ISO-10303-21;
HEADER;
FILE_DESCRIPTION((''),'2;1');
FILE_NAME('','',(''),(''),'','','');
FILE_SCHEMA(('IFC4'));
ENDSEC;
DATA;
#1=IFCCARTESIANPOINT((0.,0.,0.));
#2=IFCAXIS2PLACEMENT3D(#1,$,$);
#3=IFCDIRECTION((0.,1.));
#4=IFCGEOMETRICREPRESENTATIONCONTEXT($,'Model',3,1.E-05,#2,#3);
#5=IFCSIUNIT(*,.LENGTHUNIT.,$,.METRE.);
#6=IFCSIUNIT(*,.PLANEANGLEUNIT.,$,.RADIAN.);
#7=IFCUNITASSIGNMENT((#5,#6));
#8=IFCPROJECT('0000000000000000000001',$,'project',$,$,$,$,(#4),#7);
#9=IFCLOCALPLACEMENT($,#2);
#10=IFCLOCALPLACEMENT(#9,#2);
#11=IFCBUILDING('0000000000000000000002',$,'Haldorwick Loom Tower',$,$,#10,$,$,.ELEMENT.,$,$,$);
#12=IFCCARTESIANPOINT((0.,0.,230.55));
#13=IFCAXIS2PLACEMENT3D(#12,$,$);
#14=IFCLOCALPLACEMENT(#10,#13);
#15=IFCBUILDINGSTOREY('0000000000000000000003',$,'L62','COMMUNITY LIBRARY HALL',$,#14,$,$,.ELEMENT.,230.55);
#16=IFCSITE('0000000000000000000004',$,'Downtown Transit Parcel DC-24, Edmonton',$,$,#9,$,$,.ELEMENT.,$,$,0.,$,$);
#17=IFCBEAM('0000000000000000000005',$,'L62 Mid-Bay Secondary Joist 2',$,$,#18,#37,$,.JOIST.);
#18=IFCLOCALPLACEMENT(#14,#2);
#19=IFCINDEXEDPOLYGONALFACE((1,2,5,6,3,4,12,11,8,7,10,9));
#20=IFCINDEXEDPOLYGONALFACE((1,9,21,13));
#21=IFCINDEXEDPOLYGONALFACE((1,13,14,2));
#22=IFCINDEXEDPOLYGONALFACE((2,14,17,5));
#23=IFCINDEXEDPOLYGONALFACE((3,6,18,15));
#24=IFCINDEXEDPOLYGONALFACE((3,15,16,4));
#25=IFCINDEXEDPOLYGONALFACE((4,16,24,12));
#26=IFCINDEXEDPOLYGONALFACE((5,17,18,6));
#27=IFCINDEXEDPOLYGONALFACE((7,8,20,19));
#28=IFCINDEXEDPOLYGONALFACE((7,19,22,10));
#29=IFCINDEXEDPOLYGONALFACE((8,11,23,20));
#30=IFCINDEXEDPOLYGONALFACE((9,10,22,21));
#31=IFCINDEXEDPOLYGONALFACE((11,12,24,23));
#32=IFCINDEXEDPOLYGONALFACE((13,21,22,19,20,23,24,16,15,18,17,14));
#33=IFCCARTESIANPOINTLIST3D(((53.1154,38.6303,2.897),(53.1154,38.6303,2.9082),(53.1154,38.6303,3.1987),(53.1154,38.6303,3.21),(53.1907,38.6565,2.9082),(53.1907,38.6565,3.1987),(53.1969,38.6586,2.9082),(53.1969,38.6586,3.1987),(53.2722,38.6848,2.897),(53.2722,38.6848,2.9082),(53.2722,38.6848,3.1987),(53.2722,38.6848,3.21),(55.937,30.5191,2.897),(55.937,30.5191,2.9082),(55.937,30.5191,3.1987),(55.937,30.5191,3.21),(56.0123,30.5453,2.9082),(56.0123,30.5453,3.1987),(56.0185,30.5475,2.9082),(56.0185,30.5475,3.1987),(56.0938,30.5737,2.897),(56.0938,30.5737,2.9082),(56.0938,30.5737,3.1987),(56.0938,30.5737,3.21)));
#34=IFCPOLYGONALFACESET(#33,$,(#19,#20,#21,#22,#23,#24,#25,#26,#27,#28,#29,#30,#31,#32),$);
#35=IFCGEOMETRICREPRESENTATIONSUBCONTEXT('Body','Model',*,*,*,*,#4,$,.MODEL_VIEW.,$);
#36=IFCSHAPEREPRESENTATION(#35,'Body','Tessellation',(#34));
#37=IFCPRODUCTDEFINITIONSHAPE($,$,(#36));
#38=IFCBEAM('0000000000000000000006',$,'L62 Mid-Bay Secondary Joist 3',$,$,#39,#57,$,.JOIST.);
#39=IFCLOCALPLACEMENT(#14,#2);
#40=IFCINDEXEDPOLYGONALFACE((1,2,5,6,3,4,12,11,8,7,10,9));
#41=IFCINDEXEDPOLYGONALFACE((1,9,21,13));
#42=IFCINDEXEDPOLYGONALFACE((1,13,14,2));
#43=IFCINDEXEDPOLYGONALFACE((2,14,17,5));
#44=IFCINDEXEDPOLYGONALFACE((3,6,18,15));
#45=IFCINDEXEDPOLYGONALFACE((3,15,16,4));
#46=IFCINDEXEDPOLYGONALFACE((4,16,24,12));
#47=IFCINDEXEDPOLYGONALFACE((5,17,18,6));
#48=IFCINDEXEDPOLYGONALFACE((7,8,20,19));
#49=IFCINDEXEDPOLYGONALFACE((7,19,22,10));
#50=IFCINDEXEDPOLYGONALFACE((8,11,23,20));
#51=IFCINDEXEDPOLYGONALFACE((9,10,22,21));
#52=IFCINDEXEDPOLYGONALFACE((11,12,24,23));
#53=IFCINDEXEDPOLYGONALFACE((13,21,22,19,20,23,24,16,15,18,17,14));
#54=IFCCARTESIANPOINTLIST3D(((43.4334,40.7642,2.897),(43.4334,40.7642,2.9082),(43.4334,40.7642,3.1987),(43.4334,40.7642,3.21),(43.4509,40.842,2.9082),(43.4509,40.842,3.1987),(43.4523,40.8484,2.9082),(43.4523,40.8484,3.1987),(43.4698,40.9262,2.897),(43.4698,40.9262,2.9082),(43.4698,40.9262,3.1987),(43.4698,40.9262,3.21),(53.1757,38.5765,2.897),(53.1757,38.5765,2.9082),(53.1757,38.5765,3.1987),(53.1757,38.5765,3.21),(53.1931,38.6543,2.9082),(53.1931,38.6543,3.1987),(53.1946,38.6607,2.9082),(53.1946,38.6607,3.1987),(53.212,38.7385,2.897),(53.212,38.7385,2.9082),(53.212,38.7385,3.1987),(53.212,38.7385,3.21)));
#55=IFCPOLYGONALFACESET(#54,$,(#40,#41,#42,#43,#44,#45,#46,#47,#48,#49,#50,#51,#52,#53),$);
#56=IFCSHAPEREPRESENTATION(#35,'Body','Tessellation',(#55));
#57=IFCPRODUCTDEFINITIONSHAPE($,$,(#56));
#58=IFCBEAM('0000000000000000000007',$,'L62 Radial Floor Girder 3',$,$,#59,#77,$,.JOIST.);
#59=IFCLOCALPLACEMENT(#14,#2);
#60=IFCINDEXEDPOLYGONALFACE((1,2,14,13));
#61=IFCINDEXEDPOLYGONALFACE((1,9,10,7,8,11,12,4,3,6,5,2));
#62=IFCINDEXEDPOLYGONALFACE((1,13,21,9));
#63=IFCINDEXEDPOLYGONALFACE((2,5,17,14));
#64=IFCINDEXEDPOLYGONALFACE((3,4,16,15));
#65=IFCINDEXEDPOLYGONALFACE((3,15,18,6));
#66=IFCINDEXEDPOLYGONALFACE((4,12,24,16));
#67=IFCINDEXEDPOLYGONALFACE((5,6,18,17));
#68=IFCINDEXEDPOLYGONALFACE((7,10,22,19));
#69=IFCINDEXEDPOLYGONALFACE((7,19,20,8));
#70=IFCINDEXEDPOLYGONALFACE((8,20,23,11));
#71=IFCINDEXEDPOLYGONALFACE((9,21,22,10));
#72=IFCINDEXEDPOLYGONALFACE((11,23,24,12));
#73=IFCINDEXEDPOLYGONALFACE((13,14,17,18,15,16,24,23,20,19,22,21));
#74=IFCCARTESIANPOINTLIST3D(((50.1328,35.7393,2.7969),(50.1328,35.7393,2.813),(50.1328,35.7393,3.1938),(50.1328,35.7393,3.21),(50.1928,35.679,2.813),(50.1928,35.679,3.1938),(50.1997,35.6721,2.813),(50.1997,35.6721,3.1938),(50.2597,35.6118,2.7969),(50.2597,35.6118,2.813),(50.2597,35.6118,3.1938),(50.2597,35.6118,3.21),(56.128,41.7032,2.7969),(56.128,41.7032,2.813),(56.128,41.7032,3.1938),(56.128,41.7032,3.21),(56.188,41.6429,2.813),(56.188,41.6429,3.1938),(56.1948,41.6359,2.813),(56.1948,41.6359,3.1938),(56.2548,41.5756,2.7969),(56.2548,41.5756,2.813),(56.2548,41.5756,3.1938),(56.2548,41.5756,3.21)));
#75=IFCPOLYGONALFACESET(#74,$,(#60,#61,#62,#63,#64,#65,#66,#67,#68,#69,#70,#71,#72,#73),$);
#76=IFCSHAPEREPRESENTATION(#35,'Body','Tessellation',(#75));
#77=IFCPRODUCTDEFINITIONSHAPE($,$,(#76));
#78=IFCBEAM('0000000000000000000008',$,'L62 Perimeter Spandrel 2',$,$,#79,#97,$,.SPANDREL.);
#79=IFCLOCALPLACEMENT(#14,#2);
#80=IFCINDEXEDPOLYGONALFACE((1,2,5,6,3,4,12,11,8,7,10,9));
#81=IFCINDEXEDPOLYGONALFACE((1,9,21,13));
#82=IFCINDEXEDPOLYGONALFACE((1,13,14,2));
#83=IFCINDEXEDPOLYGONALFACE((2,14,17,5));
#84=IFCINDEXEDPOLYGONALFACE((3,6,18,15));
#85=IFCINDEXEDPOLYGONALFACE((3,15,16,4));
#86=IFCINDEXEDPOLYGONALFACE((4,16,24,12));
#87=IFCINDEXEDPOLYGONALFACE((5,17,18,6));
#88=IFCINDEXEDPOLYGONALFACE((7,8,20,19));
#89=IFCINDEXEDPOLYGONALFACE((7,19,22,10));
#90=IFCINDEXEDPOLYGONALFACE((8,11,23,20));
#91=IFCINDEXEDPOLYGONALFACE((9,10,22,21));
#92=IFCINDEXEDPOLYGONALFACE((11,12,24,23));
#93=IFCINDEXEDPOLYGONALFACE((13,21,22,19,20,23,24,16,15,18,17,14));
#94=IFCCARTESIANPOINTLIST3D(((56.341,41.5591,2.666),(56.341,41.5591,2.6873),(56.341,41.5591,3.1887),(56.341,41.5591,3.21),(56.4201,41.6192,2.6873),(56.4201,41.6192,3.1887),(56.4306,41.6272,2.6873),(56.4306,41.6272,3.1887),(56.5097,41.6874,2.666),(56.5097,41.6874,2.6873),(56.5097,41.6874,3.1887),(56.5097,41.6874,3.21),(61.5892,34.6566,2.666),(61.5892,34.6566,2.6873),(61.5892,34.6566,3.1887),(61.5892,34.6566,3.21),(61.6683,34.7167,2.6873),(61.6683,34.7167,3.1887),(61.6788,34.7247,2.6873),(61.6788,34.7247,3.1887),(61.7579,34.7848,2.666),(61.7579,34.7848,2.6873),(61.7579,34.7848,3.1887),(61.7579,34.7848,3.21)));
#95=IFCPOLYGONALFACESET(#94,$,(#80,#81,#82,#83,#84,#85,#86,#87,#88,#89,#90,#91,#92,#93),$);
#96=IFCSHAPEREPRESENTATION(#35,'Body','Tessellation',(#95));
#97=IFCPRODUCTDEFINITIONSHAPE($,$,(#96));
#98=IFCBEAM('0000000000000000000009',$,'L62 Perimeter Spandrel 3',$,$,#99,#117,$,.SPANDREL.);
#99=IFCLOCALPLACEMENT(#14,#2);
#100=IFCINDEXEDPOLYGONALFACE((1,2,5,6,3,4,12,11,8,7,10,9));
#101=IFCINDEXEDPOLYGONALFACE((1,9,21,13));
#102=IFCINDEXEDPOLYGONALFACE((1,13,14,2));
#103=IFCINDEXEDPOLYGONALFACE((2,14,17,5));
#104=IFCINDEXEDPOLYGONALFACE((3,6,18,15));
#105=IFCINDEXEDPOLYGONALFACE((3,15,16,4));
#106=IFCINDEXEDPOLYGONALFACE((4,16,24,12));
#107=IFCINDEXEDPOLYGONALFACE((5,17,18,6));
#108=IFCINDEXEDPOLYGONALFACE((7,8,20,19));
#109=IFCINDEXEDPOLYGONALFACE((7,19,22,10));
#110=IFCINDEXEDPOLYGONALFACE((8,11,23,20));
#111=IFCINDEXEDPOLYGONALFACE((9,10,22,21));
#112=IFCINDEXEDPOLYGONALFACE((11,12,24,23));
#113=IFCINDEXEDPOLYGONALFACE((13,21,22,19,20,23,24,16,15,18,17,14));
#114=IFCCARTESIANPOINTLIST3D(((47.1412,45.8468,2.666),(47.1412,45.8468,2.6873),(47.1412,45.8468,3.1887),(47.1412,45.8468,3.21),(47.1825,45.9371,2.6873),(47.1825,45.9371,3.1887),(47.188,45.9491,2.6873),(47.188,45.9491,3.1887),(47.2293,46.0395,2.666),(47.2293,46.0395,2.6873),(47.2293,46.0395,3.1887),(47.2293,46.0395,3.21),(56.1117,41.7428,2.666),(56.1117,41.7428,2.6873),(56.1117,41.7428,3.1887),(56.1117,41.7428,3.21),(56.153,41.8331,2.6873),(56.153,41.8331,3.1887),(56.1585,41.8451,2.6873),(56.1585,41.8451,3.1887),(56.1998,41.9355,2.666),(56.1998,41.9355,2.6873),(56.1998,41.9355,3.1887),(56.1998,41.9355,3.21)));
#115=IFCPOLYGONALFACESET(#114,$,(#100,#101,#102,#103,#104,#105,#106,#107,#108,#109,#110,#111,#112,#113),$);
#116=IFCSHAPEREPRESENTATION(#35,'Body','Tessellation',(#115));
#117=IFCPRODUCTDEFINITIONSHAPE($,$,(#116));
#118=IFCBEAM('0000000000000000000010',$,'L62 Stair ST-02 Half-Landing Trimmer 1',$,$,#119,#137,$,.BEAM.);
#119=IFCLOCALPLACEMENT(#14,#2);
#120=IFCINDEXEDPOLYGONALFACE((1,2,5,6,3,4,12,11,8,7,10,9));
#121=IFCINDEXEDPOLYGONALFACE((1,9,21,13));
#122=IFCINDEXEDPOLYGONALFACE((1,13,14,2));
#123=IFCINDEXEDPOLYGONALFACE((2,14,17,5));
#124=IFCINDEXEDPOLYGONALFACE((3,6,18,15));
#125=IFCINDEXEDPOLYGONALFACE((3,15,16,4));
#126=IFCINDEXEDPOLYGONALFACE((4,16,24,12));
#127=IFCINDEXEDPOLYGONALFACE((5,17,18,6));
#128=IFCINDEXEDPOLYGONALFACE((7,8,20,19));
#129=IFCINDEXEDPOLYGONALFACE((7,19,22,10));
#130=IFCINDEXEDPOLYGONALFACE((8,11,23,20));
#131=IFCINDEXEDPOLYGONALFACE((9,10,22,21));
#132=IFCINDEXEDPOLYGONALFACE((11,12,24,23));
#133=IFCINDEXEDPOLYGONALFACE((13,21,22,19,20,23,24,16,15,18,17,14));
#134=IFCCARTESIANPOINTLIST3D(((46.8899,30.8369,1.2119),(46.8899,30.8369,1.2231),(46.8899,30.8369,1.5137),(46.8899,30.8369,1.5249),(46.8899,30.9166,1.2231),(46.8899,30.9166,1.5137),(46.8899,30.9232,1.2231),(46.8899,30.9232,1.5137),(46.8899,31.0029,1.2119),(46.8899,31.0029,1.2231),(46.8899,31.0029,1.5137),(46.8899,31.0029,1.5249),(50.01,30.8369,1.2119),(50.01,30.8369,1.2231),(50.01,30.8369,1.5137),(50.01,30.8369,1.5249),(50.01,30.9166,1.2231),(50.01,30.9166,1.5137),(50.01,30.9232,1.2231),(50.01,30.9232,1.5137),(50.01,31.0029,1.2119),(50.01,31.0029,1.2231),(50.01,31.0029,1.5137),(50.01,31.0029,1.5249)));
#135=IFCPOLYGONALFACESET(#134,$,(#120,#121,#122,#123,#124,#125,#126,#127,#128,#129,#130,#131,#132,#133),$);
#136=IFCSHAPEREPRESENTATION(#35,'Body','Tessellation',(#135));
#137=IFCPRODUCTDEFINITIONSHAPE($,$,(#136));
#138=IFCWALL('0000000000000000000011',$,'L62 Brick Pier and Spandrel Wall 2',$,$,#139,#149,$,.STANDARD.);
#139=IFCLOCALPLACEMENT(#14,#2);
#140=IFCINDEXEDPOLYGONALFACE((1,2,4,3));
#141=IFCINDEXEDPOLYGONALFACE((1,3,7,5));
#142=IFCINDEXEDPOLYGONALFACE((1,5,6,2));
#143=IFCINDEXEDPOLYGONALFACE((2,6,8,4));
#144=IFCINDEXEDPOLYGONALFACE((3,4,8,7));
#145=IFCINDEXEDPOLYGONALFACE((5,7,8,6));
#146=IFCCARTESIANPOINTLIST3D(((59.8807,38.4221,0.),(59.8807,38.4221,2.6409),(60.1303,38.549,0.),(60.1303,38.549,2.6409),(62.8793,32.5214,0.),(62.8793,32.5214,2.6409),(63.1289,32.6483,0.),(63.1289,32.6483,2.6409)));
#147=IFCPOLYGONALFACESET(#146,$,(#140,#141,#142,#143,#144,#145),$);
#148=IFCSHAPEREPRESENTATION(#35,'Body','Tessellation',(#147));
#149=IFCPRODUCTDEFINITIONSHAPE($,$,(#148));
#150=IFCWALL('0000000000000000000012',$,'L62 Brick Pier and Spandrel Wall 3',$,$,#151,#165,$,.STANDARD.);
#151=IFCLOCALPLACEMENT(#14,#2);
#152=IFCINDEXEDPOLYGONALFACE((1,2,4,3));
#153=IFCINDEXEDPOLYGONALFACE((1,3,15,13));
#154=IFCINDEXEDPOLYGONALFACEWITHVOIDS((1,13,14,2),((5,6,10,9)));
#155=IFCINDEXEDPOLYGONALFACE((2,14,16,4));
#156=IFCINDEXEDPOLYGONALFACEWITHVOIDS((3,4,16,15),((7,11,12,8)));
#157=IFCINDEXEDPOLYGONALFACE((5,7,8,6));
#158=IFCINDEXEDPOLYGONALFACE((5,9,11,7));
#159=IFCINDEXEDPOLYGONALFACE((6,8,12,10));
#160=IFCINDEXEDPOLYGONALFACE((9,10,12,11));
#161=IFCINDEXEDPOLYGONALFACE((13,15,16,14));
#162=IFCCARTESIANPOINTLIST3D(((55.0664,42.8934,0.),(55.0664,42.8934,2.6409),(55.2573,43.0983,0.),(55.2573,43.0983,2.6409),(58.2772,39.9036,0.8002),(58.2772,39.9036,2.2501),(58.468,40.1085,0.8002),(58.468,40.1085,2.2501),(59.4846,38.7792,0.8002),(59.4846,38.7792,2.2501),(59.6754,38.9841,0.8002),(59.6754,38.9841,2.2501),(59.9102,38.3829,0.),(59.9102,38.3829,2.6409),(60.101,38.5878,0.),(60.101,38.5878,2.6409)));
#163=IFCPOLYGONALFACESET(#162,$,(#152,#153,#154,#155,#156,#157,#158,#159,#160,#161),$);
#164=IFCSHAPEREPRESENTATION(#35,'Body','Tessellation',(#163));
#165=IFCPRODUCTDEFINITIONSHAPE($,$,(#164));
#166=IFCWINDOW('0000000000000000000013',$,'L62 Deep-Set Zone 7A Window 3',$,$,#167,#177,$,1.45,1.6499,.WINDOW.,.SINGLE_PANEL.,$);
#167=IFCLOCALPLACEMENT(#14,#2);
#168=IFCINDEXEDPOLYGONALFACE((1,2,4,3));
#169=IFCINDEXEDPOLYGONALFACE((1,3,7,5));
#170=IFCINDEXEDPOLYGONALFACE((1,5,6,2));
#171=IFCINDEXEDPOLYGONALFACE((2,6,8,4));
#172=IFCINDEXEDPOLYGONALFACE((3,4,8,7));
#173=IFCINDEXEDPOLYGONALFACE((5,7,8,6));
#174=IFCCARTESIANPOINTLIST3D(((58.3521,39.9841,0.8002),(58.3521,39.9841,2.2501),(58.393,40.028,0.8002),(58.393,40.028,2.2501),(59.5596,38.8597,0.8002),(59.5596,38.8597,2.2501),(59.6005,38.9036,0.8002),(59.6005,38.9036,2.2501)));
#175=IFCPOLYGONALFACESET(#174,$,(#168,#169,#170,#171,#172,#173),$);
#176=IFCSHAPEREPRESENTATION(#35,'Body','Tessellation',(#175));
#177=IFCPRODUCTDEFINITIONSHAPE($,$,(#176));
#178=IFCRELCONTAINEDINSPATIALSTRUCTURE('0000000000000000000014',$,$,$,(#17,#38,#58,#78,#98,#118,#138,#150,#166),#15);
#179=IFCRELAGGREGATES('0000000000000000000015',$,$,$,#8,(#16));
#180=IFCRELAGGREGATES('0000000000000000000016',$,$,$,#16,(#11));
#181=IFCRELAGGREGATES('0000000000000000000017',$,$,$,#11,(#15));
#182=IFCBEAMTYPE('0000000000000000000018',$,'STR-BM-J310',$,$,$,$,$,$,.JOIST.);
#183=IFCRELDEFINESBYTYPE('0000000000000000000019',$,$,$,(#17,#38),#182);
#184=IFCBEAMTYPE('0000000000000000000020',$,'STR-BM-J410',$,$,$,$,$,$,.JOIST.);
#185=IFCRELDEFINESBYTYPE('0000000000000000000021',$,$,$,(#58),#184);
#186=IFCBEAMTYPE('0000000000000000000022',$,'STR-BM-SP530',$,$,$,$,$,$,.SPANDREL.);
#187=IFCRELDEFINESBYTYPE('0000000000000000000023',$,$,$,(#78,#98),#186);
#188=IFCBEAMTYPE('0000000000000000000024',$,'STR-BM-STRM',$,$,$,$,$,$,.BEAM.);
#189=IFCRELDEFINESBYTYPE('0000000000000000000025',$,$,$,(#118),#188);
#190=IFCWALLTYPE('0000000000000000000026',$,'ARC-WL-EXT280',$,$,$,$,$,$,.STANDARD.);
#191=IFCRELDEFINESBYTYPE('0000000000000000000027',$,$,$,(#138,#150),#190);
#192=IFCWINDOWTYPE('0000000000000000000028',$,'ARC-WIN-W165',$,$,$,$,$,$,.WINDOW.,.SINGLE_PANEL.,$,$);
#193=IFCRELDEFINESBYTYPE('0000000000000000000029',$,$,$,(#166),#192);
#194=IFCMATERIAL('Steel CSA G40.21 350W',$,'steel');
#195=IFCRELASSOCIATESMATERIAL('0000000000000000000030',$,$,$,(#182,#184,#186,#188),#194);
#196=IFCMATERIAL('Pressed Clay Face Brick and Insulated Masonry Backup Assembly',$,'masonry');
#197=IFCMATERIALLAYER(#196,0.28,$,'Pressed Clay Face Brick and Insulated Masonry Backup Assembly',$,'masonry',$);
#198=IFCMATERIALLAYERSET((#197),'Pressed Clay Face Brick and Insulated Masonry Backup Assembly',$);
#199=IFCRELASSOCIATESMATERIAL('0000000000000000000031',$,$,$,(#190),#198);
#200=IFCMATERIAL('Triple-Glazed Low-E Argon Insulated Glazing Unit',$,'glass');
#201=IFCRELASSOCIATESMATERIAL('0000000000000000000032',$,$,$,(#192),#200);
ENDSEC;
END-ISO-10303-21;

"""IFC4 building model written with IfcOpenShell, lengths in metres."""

from ifc_helpers import new_model, si_unit, direction, frame, frame_2d, origin, origin_2d, place, context, subcontext, project, spatial, rectangle, i_section, extrude, material, layer, layer_set, material_profile, profile_set, type_object, element, fill, save


model = new_model("IFC4")

# Units and contexts
model_context = context("Model", 3, precision=1e-05, world=origin(), true_north=direction((0.0, 1.0)))
body_context = subcontext(model_context, "Body", "Model", "MODEL_VIEW")
ifc_project = project(units=[si_unit("LENGTHUNIT", "METRE"), si_unit("PLANEANGLEUNIT", "RADIAN")], contexts=[model_context])

# Site, building, storey
site_placement = place(None, origin())
site = spatial("IfcSite", under=ifc_project, at=site_placement, Name="Downtown Transit Parcel DC-24, Edmonton", CompositionType="ELEMENT", RefElevation=0.0)
building_placement = place(site_placement, origin())
building = spatial("IfcBuilding", under=site, at=building_placement, Name="Haldorwick Loom Tower", CompositionType="ELEMENT")
storey_placement = place(building_placement, frame((0.0, 0.0, 230.55)))
storey = spatial("IfcBuildingStorey", under=building, at=storey_placement, Name="L62", Description="COMMUNITY LIBRARY HALL", CompositionType="ELEMENT", Elevation=230.55)

# Shared definitions
ifc_material_1 = material(Name="Steel CSA G40.21 350W", Category="steel")

# Beams
ifc_material_profile_1 = material_profile(ifc_material_1, i_section(OverallWidth=0.166, OverallDepth=0.313, WebThickness=0.0066, FlangeThickness=0.0112, at=origin_2d()), Name="W310X45", Category="steel")
ifc_profile_set_1 = profile_set([ifc_material_profile_1], Name="Steel CSA G40.21 350W")
beam_type_1 = type_object("IfcBeamType", Name="STR-BM-J310", PredefinedType="JOIST", material=ifc_profile_set_1)
beam_1_placement = place(storey_placement, frame((56.0154, 30.5464, 3.0535), z_axis=(-0.32855, 0.944486, 0.0), x_axis=(-0.944486, -0.32855, 0.0)))
element("IfcBeam", 1, at=beam_1_placement, inside=storey, type_object=beam_type_1, Name="L62 Mid-Bay Secondary Joist 2", PredefinedType="JOIST", context=body_context, shape_type="SweptSolid", body=[
    extrude(i_section(OverallWidth=0.166, OverallDepth=0.313, WebThickness=0.0066, FlangeThickness=0.0112, at=origin_2d()), origin(), (0.0, 0.0, 1.0), 8.5879),
])
beam_2_placement = place(storey_placement, frame((53.1938, 38.6575, 3.0535), z_axis=(-0.975701, 0.219107, 0.0), x_axis=(-0.219107, -0.975701, 0.0)))
element("IfcBeam", 2, at=beam_2_placement, inside=storey, type_object=beam_type_1, Name="L62 Mid-Bay Secondary Joist 3", PredefinedType="JOIST", context=body_context, shape_type="SweptSolid", body=[
    extrude(i_section(OverallWidth=0.166, OverallDepth=0.313, WebThickness=0.0066, FlangeThickness=0.0112, at=origin_2d()), origin(), (0.0, 0.0, 1.0), 9.9849),
])
ifc_material_profile_2 = material_profile(ifc_material_1, i_section(OverallWidth=0.1799, OverallDepth=0.4131, WebThickness=0.0098, FlangeThickness=0.0161, at=origin_2d()), Name="W410X74", Category="steel")
ifc_profile_set_2 = profile_set([ifc_material_profile_2], Name="Steel CSA G40.21 350W")
beam_type_2 = type_object("IfcBeamType", Name="STR-BM-J410", PredefinedType="JOIST", material=ifc_profile_set_2)
beam_3_placement = place(storey_placement, frame((50.1963, 35.6755, 3.0034), z_axis=(0.708952, 0.705257, 0.0), x_axis=(-0.705257, 0.708952, 0.0)))
element("IfcBeam", 3, at=beam_3_placement, inside=storey, type_object=beam_type_2, Name="L62 Radial Floor Girder 3", PredefinedType="JOIST", context=body_context, shape_type="SweptSolid", body=[
    extrude(i_section(OverallWidth=0.1799, OverallDepth=0.4131, WebThickness=0.0098, FlangeThickness=0.0161, at=origin_2d()), origin(), (0.0, 0.0, 1.0), 8.4563),
])
ifc_material_profile_3 = material_profile(ifc_material_1, i_section(OverallWidth=0.2119, OverallDepth=0.5439, WebThickness=0.0132, FlangeThickness=0.0212, at=origin_2d()), Name="W530X123", Category="steel")
ifc_profile_set_3 = profile_set([ifc_material_profile_3], Name="Steel CSA G40.21 350W")
beam_type_3 = type_object("IfcBeamType", Name="STR-BM-SP530", PredefinedType="SPANDREL", material=ifc_profile_set_3)
beam_4_placement = place(storey_placement, frame((61.6736, 34.7207, 2.938), z_axis=(-0.605253, 0.796033, 0.0), x_axis=(-0.796033, -0.605253, 0.0)))
element("IfcBeam", 4, at=beam_4_placement, inside=storey, type_object=beam_type_3, Name="L62 Perimeter Spandrel 2", PredefinedType="SPANDREL", context=body_context, shape_type="SweptSolid", body=[
    extrude(i_section(OverallWidth=0.2119, OverallDepth=0.5439, WebThickness=0.0132, FlangeThickness=0.0212, at=origin_2d()), origin(), (0.0, 0.0, 1.0), 8.6711),
])
beam_5_placement = place(storey_placement, frame((56.1558, 41.8391, 2.938), z_axis=(-0.909351, 0.41603, 0.0), x_axis=(-0.41603, -0.909351, 0.0)))
element("IfcBeam", 5, at=beam_5_placement, inside=storey, type_object=beam_type_3, Name="L62 Perimeter Spandrel 3", PredefinedType="SPANDREL", context=body_context, shape_type="SweptSolid", body=[
    extrude(i_section(OverallWidth=0.2119, OverallDepth=0.5439, WebThickness=0.0132, FlangeThickness=0.0212, at=origin_2d()), origin(), (0.0, 0.0, 1.0), 9.8647),
])
ifc_material_profile_4 = material_profile(ifc_material_1, i_section(OverallWidth=0.166, OverallDepth=0.313, WebThickness=0.0066, FlangeThickness=0.0112, at=origin_2d()), Name="W310X45", Category="steel")
ifc_profile_set_4 = profile_set([ifc_material_profile_4], Name="Steel CSA G40.21 350W")
beam_type_4 = type_object("IfcBeamType", Name="STR-BM-STRM", PredefinedType="BEAM", material=ifc_profile_set_4)
beam_6_placement = place(storey_placement, frame((46.8899, 30.9199, 1.3684), z_axis=(1.0, 0.0, 0.0), x_axis=(0.0, 1.0, 0.0)))
element("IfcBeam", 6, at=beam_6_placement, inside=storey, type_object=beam_type_4, Name="L62 Stair ST-02 Half-Landing Trimmer 1", PredefinedType="BEAM", context=body_context, shape_type="SweptSolid", body=[
    extrude(i_section(OverallWidth=0.166, OverallDepth=0.313, WebThickness=0.0066, FlangeThickness=0.0112, at=origin_2d()), origin(), (0.0, 0.0, 1.0), 3.1201),
])

# Wall
ifc_material_2 = material(Name="Pressed Clay Face Brick and Insulated Masonry Backup Assembly", Category="masonry")
ifc_layer_1 = layer(ifc_material_2, 0.28, Name="Pressed Clay Face Brick and Insulated Masonry Backup Assembly", Category="masonry")
ifc_layer_set_1 = layer_set([ifc_layer_1], Name="Pressed Clay Face Brick and Insulated Masonry Backup Assembly")
wall_type_1 = type_object("IfcWallType", Name="ARC-WL-EXT280", PredefinedType="STANDARD", material=ifc_layer_set_1)
wall_1_placement = place(storey_placement, frame((63.0042, 32.5847, 0.0), z_axis=(0.0, 0.0, 1.0), x_axis=(-0.453032, 0.891494, 0.0)))
element("IfcWall", 7, at=wall_1_placement, inside=storey, type_object=wall_type_1, Name="L62 Brick Pier and Spandrel Wall 2", PredefinedType="STANDARD", context=body_context, shape_type="SweptSolid", body=[
    extrude(rectangle(XDim=6.6189, YDim=0.28, at=frame_2d((3.3096, 0.0))), origin(), (0.0, 0.0, 1.0), 2.6409),
])

# Wall, opening, window
wall_2_placement = place(storey_placement, frame((60.0056, 38.4854, 0.0), z_axis=(0.0, 0.0, 1.0), x_axis=(-0.731834, 0.681483, 0.0)))
wall_2 = element("IfcWall", 8, at=wall_2_placement, inside=storey, type_object=wall_type_1, Name="L62 Brick Pier and Spandrel Wall 3", PredefinedType="STANDARD", context=body_context, shape_type="SweptSolid", body=[
    extrude(rectangle(XDim=6.6187, YDim=0.28, at=frame_2d((3.3093, 0.0))), origin(), (0.0, 0.0, 1.0), 2.6409),
])
opening_1_placement = place(wall_2_placement, frame((0.5815, 0.0, 0.8)))
opening_1 = element("IfcOpeningElement", 9, at=opening_1_placement, cuts=wall_2, PredefinedType="OPENING", context=body_context, shape_type="SweptSolid", body=[
    extrude(rectangle(XDim=1.6499, YDim=1.45, at=frame_2d((0.825, 0.7251))), frame((0.0, 0.1499, 0.0), z_axis=(0.0, -1.0, 0.0), x_axis=(1.0, 0.0, 0.0)), (0.0, 0.0, 1.0), 0.3),
])
ifc_material_3 = material(Name="Triple-Glazed Low-E Argon Insulated Glazing Unit", Category="glass")
window_type = type_object("IfcWindowType", Name="ARC-WIN-W165", PartitioningType="SINGLE_PANEL", PredefinedType="WINDOW", material=ifc_material_3)
window_1_placement = place(opening_1_placement, origin())
window_1 = element("IfcWindow", 10, at=window_1_placement, inside=storey, type_object=window_type, Name="L62 Deep-Set Zone 7A Window 3", OverallHeight=1.45, OverallWidth=1.6499, PartitioningType="SINGLE_PANEL", PredefinedType="WINDOW", context=body_context, shape_type="SweptSolid", body=[
    extrude(rectangle(XDim=1.6499, YDim=1.45, at=frame_2d((0.825, 0.7251))), frame((0.0, 0.03, 0.0), z_axis=(0.0, -1.0, 0.0), x_axis=(1.0, 0.0, 0.0)), (0.0, 0.0, 1.0), 0.0601),
])
fill(opening_1, window_1)

save(model, "model.ifc")
